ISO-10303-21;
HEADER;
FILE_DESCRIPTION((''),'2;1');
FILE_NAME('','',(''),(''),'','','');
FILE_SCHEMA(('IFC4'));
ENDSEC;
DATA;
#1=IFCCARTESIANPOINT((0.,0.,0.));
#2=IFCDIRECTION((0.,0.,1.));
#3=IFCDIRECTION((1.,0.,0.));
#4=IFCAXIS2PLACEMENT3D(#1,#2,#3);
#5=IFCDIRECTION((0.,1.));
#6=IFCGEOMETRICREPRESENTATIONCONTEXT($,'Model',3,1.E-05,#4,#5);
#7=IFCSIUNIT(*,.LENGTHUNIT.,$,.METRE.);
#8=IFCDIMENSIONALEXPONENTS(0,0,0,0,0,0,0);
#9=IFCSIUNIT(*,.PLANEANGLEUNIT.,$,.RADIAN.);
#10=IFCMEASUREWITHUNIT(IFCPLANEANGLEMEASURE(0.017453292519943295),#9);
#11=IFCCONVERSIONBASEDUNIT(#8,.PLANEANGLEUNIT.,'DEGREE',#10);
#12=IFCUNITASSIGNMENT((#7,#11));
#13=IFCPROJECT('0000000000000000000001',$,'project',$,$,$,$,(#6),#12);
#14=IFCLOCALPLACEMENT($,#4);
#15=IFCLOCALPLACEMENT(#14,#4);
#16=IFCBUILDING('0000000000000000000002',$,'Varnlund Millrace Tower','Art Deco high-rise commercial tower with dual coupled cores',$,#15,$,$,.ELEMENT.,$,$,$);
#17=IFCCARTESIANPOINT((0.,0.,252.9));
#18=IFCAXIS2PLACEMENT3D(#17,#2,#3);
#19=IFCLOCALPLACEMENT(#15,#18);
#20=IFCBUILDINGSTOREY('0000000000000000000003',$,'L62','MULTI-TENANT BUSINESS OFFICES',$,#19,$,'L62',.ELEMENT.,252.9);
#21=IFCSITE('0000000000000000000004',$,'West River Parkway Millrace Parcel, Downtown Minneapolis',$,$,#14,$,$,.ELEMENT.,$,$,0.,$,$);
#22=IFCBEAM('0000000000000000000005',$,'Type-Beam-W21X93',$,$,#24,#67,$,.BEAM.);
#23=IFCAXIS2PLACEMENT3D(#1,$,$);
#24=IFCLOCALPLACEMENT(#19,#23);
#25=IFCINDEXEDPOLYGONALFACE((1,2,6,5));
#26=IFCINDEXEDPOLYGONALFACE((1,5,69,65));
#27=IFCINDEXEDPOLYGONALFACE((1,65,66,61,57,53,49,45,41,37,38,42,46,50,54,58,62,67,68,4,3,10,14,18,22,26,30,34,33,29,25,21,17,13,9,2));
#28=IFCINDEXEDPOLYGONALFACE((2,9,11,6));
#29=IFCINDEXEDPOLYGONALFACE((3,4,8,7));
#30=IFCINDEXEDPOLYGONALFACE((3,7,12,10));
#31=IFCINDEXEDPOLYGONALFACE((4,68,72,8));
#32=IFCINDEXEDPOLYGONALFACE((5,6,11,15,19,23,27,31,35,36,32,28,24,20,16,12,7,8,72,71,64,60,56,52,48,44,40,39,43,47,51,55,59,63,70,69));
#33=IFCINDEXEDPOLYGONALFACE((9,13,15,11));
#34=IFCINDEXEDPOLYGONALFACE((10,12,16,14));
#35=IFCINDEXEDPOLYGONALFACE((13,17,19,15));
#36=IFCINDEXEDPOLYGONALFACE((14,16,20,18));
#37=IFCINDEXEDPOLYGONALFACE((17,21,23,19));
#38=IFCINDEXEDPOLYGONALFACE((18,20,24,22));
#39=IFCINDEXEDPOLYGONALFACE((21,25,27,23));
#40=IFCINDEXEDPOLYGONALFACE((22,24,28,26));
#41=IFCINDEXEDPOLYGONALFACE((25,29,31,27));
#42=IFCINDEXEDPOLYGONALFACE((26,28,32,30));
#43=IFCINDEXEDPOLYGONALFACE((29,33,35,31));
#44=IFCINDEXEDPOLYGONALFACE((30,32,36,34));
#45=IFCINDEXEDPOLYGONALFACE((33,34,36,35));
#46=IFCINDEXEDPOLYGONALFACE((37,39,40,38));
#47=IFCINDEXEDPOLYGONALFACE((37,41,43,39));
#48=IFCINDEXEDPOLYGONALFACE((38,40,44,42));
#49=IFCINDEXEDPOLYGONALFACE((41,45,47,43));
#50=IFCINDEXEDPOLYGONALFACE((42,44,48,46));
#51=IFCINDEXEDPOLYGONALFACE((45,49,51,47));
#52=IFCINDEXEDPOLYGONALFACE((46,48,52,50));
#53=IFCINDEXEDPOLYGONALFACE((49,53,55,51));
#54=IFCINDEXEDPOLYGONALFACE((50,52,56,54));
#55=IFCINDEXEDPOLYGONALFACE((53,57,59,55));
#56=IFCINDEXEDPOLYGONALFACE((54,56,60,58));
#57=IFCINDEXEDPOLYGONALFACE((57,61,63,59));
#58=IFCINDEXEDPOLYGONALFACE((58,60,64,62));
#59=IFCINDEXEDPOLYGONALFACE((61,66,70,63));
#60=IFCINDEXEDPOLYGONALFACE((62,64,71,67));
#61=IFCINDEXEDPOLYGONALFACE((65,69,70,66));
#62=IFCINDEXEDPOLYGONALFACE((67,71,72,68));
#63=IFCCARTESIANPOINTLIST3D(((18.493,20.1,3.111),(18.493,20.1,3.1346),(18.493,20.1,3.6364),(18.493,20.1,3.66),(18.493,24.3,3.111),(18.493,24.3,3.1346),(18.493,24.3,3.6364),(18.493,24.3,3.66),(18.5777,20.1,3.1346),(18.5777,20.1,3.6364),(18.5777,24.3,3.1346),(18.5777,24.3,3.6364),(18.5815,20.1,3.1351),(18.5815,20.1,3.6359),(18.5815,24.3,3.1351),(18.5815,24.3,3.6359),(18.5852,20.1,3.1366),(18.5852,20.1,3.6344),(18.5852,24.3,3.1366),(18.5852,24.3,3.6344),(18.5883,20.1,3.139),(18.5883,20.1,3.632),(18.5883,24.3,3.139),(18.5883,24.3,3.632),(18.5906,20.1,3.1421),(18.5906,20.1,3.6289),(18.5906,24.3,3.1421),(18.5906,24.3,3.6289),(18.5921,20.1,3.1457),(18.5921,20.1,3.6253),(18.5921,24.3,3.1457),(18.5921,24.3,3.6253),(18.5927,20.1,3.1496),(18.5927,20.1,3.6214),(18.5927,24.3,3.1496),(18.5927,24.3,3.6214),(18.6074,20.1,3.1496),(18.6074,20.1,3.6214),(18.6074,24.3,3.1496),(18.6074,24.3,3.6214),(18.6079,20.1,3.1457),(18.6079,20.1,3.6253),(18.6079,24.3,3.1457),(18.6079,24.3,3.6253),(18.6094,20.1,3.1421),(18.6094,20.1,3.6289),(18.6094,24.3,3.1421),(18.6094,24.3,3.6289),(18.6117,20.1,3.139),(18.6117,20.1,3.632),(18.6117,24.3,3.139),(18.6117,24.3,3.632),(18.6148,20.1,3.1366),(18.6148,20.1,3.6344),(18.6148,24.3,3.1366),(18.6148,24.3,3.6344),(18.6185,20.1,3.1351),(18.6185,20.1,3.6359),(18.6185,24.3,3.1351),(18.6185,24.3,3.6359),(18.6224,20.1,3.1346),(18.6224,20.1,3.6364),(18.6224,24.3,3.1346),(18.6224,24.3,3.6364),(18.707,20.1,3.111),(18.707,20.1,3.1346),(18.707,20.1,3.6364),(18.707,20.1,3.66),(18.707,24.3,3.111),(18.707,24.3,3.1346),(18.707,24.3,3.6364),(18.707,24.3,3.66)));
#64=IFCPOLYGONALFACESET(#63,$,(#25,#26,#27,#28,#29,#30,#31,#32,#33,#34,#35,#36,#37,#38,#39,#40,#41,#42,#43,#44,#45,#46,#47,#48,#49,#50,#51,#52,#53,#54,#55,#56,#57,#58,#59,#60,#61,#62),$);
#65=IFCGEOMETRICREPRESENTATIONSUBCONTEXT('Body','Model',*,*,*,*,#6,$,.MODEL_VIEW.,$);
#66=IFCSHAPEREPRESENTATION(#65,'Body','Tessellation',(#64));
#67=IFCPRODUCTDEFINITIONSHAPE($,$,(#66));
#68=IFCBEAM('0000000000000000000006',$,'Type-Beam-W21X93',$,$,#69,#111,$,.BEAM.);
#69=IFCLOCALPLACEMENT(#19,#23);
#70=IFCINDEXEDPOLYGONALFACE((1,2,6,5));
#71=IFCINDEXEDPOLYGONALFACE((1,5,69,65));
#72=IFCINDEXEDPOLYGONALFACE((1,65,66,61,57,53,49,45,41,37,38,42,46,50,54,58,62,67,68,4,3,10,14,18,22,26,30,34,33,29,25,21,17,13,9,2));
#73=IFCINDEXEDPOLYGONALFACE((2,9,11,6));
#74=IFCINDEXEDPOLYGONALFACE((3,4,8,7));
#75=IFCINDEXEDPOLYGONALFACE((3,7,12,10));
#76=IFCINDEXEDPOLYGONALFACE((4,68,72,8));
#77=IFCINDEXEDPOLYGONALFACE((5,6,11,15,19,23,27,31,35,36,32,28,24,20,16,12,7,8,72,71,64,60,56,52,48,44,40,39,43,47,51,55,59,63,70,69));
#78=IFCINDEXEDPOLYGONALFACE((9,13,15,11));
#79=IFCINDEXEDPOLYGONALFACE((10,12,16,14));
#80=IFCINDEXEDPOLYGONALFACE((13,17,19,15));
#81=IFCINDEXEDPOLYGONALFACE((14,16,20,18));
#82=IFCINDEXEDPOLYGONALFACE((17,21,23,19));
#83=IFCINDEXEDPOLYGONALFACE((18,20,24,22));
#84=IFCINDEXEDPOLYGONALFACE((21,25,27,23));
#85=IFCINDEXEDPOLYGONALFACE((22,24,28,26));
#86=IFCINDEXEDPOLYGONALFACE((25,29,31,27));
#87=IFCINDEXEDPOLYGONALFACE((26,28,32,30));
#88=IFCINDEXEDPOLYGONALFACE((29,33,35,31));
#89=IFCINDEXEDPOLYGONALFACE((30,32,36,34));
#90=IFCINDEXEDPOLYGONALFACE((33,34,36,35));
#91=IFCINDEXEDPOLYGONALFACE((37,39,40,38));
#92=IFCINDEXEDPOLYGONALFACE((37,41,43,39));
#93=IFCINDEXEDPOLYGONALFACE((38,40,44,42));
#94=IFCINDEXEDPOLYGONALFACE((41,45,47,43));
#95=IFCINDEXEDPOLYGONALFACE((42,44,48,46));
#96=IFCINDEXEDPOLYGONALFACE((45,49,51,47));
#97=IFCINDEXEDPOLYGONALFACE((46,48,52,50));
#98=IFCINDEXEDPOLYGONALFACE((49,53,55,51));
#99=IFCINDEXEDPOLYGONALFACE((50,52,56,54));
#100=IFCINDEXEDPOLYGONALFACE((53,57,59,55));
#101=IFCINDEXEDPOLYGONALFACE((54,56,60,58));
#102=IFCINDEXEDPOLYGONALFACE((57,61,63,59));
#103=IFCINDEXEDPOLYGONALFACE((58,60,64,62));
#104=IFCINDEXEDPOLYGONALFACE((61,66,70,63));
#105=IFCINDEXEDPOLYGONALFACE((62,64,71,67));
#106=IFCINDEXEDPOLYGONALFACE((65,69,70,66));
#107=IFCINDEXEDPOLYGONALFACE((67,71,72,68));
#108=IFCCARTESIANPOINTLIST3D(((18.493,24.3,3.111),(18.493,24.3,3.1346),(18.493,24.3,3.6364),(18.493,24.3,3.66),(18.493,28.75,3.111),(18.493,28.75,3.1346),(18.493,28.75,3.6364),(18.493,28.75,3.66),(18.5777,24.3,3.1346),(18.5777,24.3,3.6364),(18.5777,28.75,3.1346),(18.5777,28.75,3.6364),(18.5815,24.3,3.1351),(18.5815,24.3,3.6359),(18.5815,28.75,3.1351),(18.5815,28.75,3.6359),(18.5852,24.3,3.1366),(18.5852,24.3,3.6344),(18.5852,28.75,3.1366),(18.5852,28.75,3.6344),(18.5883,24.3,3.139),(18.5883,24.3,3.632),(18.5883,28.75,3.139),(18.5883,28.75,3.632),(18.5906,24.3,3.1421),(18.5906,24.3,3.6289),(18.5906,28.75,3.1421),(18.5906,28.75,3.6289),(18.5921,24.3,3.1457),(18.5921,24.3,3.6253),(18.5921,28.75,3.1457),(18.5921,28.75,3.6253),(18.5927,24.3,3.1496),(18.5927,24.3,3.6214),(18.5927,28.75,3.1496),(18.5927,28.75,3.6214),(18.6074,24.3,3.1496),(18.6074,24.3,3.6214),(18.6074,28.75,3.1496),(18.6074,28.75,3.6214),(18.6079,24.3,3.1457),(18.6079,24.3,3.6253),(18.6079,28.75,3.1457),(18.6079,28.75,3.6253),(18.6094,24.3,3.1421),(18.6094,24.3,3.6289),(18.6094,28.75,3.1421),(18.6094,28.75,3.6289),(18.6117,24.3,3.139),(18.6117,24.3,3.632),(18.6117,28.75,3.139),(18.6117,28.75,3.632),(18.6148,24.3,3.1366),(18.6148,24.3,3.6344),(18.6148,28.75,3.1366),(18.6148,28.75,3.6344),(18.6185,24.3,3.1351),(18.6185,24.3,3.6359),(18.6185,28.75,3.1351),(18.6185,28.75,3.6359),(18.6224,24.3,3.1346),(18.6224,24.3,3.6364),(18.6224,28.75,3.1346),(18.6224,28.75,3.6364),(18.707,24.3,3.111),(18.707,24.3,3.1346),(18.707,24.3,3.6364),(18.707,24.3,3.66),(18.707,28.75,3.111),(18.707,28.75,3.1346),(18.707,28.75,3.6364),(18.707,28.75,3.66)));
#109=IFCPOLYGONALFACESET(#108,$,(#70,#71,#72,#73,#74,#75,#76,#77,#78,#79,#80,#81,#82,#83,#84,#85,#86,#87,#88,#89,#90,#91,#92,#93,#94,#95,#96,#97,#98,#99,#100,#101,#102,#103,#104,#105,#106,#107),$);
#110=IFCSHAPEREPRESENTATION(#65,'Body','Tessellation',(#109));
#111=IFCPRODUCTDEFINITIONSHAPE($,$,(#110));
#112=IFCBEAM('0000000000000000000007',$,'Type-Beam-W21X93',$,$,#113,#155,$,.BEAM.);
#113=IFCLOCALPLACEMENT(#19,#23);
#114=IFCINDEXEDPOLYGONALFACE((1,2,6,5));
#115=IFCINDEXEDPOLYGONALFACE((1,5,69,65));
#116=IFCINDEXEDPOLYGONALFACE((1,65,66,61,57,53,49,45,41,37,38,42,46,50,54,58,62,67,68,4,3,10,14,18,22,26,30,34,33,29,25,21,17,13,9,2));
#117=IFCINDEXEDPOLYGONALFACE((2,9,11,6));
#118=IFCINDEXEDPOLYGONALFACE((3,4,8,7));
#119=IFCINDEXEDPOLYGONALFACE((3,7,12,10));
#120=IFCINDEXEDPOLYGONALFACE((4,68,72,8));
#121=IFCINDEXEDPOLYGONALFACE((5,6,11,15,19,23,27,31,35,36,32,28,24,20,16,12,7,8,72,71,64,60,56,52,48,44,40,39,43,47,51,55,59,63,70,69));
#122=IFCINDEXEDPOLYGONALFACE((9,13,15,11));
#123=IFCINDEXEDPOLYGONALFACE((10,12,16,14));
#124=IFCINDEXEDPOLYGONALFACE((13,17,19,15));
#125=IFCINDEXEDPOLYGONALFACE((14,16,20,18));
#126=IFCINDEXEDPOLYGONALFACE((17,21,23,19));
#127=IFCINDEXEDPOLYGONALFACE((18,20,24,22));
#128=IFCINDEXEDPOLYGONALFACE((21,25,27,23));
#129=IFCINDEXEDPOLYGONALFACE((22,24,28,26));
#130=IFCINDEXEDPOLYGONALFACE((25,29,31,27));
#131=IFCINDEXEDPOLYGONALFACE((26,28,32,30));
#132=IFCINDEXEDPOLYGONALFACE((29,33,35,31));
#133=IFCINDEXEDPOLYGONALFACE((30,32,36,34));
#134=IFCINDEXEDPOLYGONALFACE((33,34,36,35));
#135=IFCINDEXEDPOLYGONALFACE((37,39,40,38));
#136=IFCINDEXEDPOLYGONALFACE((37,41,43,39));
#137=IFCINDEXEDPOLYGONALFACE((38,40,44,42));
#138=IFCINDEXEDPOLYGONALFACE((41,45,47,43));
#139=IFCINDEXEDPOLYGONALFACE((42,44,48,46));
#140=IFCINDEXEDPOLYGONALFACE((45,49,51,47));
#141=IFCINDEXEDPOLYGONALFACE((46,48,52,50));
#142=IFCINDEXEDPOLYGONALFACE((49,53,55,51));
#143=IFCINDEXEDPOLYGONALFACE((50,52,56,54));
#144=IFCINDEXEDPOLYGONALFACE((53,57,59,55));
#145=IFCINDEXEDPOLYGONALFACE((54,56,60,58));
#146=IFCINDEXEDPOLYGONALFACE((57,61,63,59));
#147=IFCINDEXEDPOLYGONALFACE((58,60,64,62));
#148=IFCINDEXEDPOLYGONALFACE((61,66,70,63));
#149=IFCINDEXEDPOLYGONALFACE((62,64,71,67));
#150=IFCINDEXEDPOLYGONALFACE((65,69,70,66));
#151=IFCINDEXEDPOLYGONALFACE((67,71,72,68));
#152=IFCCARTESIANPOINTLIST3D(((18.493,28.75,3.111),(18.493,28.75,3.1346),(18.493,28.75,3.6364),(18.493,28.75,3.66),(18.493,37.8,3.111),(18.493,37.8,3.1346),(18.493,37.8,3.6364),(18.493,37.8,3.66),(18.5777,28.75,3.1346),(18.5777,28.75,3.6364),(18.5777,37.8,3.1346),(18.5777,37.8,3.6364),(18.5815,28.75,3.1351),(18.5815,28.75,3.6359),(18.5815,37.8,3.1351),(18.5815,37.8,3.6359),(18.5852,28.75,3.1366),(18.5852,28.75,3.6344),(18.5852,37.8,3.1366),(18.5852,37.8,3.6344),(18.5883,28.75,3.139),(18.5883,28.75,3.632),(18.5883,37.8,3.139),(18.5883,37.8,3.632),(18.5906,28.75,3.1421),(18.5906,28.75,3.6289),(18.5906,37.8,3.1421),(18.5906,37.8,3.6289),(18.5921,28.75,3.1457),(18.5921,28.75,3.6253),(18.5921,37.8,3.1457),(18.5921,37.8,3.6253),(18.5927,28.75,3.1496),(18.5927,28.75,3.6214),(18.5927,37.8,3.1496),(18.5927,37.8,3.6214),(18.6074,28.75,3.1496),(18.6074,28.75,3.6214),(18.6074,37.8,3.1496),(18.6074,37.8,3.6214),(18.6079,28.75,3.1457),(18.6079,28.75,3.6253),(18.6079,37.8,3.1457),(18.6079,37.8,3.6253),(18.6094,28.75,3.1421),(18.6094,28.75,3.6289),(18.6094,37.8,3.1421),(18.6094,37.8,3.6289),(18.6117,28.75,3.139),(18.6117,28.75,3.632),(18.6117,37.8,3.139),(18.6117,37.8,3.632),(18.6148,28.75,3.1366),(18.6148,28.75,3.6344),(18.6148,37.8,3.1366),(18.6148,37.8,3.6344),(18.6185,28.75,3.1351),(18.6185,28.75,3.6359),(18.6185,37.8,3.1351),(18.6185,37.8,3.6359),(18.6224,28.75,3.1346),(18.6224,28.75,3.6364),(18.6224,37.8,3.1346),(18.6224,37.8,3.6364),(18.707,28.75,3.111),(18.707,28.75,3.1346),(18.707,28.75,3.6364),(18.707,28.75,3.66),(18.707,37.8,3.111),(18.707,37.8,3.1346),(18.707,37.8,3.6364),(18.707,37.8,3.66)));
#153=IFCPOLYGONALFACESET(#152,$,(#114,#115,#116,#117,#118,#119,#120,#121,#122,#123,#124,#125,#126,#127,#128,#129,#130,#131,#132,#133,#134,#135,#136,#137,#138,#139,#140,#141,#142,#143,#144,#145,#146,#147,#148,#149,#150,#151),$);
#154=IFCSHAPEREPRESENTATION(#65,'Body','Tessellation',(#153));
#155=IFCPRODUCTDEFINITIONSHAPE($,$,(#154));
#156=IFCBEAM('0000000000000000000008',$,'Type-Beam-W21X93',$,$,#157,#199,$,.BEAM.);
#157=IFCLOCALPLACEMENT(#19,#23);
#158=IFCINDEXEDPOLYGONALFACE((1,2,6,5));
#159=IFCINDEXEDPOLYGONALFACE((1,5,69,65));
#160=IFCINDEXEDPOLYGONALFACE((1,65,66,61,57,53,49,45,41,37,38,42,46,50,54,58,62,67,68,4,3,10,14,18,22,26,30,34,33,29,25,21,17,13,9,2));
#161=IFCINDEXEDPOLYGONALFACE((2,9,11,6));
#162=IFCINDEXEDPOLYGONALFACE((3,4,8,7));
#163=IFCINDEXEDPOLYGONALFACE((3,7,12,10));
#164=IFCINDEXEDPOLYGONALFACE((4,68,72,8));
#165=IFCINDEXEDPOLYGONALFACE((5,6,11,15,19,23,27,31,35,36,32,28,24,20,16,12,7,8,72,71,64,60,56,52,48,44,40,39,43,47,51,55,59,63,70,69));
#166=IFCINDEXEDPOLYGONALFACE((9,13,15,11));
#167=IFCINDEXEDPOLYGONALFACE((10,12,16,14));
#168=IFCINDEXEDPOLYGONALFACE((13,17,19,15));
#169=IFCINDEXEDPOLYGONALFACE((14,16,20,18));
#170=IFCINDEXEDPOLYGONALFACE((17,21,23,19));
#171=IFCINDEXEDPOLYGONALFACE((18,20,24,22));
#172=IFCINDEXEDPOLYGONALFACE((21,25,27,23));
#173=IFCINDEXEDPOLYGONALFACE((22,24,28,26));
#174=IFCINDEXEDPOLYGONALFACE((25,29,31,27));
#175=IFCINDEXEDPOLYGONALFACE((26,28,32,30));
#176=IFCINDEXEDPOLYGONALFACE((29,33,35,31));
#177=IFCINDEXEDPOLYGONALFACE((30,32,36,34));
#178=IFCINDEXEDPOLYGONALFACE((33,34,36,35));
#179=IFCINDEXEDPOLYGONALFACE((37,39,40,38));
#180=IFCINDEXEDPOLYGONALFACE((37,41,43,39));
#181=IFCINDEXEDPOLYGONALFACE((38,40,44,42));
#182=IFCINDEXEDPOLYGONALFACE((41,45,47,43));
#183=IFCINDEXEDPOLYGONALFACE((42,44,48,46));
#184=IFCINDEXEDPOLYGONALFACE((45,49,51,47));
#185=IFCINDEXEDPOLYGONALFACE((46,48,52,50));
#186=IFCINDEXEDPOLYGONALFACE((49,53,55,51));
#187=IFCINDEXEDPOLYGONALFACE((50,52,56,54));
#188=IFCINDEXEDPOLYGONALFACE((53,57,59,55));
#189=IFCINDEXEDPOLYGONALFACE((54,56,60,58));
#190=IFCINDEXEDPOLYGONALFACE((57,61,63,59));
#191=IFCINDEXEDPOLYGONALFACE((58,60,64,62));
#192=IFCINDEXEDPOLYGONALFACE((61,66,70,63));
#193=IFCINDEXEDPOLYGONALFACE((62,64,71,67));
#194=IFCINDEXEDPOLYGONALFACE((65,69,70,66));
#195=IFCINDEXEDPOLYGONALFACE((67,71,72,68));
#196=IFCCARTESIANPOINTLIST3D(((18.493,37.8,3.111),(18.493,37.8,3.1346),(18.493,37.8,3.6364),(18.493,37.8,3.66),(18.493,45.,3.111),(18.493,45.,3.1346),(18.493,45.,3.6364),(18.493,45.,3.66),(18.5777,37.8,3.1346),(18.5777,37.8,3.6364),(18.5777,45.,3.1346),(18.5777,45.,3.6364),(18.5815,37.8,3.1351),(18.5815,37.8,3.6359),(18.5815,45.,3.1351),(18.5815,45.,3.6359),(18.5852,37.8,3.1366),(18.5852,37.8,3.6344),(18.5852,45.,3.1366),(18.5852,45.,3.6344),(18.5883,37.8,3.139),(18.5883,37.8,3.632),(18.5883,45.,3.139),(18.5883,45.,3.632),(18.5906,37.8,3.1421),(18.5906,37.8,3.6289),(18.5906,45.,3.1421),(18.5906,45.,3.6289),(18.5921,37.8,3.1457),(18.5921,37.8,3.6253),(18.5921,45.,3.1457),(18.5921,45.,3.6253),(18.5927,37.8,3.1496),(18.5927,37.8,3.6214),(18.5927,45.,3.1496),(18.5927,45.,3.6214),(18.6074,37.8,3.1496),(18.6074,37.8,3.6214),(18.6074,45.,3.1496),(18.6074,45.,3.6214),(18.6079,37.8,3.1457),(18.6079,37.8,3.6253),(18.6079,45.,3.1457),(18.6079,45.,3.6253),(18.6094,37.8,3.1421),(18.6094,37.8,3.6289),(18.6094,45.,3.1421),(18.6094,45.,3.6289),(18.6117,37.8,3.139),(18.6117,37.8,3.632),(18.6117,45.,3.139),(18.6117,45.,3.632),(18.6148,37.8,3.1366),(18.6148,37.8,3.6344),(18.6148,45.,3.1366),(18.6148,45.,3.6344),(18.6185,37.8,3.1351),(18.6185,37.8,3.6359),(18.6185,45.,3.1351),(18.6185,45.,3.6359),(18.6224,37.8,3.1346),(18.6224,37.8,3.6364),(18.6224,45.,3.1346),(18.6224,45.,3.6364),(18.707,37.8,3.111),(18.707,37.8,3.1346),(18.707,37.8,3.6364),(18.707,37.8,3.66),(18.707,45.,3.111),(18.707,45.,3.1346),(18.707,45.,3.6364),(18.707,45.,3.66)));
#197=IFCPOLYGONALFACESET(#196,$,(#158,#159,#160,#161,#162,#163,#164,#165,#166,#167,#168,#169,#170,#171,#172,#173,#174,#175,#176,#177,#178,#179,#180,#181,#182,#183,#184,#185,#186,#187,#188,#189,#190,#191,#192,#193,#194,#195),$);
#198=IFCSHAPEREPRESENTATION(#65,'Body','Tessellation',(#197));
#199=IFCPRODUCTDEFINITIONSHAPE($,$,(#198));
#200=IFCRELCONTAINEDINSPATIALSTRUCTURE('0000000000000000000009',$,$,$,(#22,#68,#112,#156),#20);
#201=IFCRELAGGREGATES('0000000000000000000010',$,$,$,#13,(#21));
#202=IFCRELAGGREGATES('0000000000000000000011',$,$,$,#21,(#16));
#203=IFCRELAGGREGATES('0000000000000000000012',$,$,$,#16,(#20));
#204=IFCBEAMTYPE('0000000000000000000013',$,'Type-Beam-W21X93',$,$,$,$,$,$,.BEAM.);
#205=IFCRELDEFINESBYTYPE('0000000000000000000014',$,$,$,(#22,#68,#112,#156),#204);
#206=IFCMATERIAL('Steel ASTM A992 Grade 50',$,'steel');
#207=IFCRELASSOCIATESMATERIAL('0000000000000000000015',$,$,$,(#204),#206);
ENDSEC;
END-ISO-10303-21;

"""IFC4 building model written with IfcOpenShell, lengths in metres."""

from ifc_helpers import new_model, entity, si_unit, converted_unit, direction, frame, origin_with_axes, origin_2d_with_axis, place, context, subcontext, project, spatial, i_section, extrude, material, material_profile, profile_set, type_object, element, save


model = new_model("IFC4")

# Units and contexts
model_context = context("Model", 3, precision=1e-05, world=origin_with_axes(), true_north=direction((0.0, 1.0)))
body_context = subcontext(model_context, "Body", "Model", "MODEL_VIEW")
ifc_project = project(units=[si_unit("LENGTHUNIT", "METRE"), converted_unit("PLANEANGLEUNIT", "DEGREE", entity("IfcPlaneAngleMeasure", 0.017453292519943295), si_unit("PLANEANGLEUNIT", "RADIAN"), dimensions=[0, 0, 0, 0, 0, 0, 0])], contexts=[model_context])

# Site, building, storey
site_placement = place(None, origin_with_axes())
site = spatial("IfcSite", under=ifc_project, at=site_placement, Name="West River Parkway Millrace Parcel, Downtown Minneapolis", CompositionType="ELEMENT", RefElevation=0.0)
building_placement = place(site_placement, origin_with_axes())
building = spatial("IfcBuilding", under=site, at=building_placement, Name="Varnlund Millrace Tower", Description="Art Deco high-rise commercial tower with dual coupled cores", CompositionType="ELEMENT")
storey_placement = place(building_placement, frame((0.0, 0.0, 252.9), z_axis=(0.0, 0.0, 1.0), x_axis=(1.0, 0.0, 0.0)))
storey = spatial("IfcBuildingStorey", under=building, at=storey_placement, Name="L62", Description="MULTI-TENANT BUSINESS OFFICES", LongName="L62", CompositionType="ELEMENT", Elevation=252.9)

# Beams
ifc_material_1 = material(Name="Steel ASTM A992 Grade 50", Category="steel")
ifc_material_profile_1 = material_profile(ifc_material_1, i_section(OverallWidth=0.214, OverallDepth=0.549, WebThickness=0.0147, FlangeThickness=0.0236, FilletRadius=0.015, at=origin_2d_with_axis()), Name="Steel ASTM A992 Grade 50")
ifc_profile_set_1 = profile_set([ifc_material_profile_1], Name="Steel ASTM A992 Grade 50")
beam_type_1 = type_object("IfcBeamType", Name="Type-Beam-W21X93", PredefinedType="BEAM", material=ifc_profile_set_1)
beam_1_placement = place(storey_placement, frame((18.6, 20.1, 3.3855), z_axis=(0.0, 1.0, 0.0), x_axis=(-1.0, 0.0, 0.0)))
element("IfcBeam", 1, at=beam_1_placement, inside=storey, type_object=beam_type_1, Name="Type-Beam-W21X93", PredefinedType="BEAM", context=body_context, shape_type="SweptSolid", body=[
    extrude(i_section(OverallWidth=0.214, OverallDepth=0.549, WebThickness=0.0147, FlangeThickness=0.0236, FilletRadius=0.015, at=origin_2d_with_axis()), origin_with_axes(), (0.0, 0.0, 1.0), 4.2),
])
beam_2_placement = place(storey_placement, frame((18.6, 24.3, 3.3855), z_axis=(0.0, 1.0, 0.0), x_axis=(-1.0, 0.0, 0.0)))
element("IfcBeam", 2, at=beam_2_placement, inside=storey, type_object=beam_type_1, Name="Type-Beam-W21X93", PredefinedType="BEAM", context=body_context, shape_type="SweptSolid", body=[
    extrude(i_section(OverallWidth=0.214, OverallDepth=0.549, WebThickness=0.0147, FlangeThickness=0.0236, FilletRadius=0.015, at=origin_2d_with_axis()), origin_with_axes(), (0.0, 0.0, 1.0), 4.45),
])
beam_3_placement = place(storey_placement, frame((18.6, 28.75, 3.3855), z_axis=(0.0, 1.0, 0.0), x_axis=(-1.0, 0.0, 0.0)))
element("IfcBeam", 3, at=beam_3_placement, inside=storey, type_object=beam_type_1, Name="Type-Beam-W21X93", PredefinedType="BEAM", context=body_context, shape_type="SweptSolid", body=[
    extrude(i_section(OverallWidth=0.214, OverallDepth=0.549, WebThickness=0.0147, FlangeThickness=0.0236, FilletRadius=0.015, at=origin_2d_with_axis()), origin_with_axes(), (0.0, 0.0, 1.0), 9.05),
])
beam_4_placement = place(storey_placement, frame((18.6, 37.8, 3.3855), z_axis=(0.0, 1.0, 0.0), x_axis=(-1.0, 0.0, 0.0)))
element("IfcBeam", 4, at=beam_4_placement, inside=storey, type_object=beam_type_1, Name="Type-Beam-W21X93", PredefinedType="BEAM", context=body_context, shape_type="SweptSolid", body=[
    extrude(i_section(OverallWidth=0.214, OverallDepth=0.549, WebThickness=0.0147, FlangeThickness=0.0236, FilletRadius=0.015, at=origin_2d_with_axis()), origin_with_axes(), (0.0, 0.0, 1.0), 7.2),
])

save(model, "model.ifc")
